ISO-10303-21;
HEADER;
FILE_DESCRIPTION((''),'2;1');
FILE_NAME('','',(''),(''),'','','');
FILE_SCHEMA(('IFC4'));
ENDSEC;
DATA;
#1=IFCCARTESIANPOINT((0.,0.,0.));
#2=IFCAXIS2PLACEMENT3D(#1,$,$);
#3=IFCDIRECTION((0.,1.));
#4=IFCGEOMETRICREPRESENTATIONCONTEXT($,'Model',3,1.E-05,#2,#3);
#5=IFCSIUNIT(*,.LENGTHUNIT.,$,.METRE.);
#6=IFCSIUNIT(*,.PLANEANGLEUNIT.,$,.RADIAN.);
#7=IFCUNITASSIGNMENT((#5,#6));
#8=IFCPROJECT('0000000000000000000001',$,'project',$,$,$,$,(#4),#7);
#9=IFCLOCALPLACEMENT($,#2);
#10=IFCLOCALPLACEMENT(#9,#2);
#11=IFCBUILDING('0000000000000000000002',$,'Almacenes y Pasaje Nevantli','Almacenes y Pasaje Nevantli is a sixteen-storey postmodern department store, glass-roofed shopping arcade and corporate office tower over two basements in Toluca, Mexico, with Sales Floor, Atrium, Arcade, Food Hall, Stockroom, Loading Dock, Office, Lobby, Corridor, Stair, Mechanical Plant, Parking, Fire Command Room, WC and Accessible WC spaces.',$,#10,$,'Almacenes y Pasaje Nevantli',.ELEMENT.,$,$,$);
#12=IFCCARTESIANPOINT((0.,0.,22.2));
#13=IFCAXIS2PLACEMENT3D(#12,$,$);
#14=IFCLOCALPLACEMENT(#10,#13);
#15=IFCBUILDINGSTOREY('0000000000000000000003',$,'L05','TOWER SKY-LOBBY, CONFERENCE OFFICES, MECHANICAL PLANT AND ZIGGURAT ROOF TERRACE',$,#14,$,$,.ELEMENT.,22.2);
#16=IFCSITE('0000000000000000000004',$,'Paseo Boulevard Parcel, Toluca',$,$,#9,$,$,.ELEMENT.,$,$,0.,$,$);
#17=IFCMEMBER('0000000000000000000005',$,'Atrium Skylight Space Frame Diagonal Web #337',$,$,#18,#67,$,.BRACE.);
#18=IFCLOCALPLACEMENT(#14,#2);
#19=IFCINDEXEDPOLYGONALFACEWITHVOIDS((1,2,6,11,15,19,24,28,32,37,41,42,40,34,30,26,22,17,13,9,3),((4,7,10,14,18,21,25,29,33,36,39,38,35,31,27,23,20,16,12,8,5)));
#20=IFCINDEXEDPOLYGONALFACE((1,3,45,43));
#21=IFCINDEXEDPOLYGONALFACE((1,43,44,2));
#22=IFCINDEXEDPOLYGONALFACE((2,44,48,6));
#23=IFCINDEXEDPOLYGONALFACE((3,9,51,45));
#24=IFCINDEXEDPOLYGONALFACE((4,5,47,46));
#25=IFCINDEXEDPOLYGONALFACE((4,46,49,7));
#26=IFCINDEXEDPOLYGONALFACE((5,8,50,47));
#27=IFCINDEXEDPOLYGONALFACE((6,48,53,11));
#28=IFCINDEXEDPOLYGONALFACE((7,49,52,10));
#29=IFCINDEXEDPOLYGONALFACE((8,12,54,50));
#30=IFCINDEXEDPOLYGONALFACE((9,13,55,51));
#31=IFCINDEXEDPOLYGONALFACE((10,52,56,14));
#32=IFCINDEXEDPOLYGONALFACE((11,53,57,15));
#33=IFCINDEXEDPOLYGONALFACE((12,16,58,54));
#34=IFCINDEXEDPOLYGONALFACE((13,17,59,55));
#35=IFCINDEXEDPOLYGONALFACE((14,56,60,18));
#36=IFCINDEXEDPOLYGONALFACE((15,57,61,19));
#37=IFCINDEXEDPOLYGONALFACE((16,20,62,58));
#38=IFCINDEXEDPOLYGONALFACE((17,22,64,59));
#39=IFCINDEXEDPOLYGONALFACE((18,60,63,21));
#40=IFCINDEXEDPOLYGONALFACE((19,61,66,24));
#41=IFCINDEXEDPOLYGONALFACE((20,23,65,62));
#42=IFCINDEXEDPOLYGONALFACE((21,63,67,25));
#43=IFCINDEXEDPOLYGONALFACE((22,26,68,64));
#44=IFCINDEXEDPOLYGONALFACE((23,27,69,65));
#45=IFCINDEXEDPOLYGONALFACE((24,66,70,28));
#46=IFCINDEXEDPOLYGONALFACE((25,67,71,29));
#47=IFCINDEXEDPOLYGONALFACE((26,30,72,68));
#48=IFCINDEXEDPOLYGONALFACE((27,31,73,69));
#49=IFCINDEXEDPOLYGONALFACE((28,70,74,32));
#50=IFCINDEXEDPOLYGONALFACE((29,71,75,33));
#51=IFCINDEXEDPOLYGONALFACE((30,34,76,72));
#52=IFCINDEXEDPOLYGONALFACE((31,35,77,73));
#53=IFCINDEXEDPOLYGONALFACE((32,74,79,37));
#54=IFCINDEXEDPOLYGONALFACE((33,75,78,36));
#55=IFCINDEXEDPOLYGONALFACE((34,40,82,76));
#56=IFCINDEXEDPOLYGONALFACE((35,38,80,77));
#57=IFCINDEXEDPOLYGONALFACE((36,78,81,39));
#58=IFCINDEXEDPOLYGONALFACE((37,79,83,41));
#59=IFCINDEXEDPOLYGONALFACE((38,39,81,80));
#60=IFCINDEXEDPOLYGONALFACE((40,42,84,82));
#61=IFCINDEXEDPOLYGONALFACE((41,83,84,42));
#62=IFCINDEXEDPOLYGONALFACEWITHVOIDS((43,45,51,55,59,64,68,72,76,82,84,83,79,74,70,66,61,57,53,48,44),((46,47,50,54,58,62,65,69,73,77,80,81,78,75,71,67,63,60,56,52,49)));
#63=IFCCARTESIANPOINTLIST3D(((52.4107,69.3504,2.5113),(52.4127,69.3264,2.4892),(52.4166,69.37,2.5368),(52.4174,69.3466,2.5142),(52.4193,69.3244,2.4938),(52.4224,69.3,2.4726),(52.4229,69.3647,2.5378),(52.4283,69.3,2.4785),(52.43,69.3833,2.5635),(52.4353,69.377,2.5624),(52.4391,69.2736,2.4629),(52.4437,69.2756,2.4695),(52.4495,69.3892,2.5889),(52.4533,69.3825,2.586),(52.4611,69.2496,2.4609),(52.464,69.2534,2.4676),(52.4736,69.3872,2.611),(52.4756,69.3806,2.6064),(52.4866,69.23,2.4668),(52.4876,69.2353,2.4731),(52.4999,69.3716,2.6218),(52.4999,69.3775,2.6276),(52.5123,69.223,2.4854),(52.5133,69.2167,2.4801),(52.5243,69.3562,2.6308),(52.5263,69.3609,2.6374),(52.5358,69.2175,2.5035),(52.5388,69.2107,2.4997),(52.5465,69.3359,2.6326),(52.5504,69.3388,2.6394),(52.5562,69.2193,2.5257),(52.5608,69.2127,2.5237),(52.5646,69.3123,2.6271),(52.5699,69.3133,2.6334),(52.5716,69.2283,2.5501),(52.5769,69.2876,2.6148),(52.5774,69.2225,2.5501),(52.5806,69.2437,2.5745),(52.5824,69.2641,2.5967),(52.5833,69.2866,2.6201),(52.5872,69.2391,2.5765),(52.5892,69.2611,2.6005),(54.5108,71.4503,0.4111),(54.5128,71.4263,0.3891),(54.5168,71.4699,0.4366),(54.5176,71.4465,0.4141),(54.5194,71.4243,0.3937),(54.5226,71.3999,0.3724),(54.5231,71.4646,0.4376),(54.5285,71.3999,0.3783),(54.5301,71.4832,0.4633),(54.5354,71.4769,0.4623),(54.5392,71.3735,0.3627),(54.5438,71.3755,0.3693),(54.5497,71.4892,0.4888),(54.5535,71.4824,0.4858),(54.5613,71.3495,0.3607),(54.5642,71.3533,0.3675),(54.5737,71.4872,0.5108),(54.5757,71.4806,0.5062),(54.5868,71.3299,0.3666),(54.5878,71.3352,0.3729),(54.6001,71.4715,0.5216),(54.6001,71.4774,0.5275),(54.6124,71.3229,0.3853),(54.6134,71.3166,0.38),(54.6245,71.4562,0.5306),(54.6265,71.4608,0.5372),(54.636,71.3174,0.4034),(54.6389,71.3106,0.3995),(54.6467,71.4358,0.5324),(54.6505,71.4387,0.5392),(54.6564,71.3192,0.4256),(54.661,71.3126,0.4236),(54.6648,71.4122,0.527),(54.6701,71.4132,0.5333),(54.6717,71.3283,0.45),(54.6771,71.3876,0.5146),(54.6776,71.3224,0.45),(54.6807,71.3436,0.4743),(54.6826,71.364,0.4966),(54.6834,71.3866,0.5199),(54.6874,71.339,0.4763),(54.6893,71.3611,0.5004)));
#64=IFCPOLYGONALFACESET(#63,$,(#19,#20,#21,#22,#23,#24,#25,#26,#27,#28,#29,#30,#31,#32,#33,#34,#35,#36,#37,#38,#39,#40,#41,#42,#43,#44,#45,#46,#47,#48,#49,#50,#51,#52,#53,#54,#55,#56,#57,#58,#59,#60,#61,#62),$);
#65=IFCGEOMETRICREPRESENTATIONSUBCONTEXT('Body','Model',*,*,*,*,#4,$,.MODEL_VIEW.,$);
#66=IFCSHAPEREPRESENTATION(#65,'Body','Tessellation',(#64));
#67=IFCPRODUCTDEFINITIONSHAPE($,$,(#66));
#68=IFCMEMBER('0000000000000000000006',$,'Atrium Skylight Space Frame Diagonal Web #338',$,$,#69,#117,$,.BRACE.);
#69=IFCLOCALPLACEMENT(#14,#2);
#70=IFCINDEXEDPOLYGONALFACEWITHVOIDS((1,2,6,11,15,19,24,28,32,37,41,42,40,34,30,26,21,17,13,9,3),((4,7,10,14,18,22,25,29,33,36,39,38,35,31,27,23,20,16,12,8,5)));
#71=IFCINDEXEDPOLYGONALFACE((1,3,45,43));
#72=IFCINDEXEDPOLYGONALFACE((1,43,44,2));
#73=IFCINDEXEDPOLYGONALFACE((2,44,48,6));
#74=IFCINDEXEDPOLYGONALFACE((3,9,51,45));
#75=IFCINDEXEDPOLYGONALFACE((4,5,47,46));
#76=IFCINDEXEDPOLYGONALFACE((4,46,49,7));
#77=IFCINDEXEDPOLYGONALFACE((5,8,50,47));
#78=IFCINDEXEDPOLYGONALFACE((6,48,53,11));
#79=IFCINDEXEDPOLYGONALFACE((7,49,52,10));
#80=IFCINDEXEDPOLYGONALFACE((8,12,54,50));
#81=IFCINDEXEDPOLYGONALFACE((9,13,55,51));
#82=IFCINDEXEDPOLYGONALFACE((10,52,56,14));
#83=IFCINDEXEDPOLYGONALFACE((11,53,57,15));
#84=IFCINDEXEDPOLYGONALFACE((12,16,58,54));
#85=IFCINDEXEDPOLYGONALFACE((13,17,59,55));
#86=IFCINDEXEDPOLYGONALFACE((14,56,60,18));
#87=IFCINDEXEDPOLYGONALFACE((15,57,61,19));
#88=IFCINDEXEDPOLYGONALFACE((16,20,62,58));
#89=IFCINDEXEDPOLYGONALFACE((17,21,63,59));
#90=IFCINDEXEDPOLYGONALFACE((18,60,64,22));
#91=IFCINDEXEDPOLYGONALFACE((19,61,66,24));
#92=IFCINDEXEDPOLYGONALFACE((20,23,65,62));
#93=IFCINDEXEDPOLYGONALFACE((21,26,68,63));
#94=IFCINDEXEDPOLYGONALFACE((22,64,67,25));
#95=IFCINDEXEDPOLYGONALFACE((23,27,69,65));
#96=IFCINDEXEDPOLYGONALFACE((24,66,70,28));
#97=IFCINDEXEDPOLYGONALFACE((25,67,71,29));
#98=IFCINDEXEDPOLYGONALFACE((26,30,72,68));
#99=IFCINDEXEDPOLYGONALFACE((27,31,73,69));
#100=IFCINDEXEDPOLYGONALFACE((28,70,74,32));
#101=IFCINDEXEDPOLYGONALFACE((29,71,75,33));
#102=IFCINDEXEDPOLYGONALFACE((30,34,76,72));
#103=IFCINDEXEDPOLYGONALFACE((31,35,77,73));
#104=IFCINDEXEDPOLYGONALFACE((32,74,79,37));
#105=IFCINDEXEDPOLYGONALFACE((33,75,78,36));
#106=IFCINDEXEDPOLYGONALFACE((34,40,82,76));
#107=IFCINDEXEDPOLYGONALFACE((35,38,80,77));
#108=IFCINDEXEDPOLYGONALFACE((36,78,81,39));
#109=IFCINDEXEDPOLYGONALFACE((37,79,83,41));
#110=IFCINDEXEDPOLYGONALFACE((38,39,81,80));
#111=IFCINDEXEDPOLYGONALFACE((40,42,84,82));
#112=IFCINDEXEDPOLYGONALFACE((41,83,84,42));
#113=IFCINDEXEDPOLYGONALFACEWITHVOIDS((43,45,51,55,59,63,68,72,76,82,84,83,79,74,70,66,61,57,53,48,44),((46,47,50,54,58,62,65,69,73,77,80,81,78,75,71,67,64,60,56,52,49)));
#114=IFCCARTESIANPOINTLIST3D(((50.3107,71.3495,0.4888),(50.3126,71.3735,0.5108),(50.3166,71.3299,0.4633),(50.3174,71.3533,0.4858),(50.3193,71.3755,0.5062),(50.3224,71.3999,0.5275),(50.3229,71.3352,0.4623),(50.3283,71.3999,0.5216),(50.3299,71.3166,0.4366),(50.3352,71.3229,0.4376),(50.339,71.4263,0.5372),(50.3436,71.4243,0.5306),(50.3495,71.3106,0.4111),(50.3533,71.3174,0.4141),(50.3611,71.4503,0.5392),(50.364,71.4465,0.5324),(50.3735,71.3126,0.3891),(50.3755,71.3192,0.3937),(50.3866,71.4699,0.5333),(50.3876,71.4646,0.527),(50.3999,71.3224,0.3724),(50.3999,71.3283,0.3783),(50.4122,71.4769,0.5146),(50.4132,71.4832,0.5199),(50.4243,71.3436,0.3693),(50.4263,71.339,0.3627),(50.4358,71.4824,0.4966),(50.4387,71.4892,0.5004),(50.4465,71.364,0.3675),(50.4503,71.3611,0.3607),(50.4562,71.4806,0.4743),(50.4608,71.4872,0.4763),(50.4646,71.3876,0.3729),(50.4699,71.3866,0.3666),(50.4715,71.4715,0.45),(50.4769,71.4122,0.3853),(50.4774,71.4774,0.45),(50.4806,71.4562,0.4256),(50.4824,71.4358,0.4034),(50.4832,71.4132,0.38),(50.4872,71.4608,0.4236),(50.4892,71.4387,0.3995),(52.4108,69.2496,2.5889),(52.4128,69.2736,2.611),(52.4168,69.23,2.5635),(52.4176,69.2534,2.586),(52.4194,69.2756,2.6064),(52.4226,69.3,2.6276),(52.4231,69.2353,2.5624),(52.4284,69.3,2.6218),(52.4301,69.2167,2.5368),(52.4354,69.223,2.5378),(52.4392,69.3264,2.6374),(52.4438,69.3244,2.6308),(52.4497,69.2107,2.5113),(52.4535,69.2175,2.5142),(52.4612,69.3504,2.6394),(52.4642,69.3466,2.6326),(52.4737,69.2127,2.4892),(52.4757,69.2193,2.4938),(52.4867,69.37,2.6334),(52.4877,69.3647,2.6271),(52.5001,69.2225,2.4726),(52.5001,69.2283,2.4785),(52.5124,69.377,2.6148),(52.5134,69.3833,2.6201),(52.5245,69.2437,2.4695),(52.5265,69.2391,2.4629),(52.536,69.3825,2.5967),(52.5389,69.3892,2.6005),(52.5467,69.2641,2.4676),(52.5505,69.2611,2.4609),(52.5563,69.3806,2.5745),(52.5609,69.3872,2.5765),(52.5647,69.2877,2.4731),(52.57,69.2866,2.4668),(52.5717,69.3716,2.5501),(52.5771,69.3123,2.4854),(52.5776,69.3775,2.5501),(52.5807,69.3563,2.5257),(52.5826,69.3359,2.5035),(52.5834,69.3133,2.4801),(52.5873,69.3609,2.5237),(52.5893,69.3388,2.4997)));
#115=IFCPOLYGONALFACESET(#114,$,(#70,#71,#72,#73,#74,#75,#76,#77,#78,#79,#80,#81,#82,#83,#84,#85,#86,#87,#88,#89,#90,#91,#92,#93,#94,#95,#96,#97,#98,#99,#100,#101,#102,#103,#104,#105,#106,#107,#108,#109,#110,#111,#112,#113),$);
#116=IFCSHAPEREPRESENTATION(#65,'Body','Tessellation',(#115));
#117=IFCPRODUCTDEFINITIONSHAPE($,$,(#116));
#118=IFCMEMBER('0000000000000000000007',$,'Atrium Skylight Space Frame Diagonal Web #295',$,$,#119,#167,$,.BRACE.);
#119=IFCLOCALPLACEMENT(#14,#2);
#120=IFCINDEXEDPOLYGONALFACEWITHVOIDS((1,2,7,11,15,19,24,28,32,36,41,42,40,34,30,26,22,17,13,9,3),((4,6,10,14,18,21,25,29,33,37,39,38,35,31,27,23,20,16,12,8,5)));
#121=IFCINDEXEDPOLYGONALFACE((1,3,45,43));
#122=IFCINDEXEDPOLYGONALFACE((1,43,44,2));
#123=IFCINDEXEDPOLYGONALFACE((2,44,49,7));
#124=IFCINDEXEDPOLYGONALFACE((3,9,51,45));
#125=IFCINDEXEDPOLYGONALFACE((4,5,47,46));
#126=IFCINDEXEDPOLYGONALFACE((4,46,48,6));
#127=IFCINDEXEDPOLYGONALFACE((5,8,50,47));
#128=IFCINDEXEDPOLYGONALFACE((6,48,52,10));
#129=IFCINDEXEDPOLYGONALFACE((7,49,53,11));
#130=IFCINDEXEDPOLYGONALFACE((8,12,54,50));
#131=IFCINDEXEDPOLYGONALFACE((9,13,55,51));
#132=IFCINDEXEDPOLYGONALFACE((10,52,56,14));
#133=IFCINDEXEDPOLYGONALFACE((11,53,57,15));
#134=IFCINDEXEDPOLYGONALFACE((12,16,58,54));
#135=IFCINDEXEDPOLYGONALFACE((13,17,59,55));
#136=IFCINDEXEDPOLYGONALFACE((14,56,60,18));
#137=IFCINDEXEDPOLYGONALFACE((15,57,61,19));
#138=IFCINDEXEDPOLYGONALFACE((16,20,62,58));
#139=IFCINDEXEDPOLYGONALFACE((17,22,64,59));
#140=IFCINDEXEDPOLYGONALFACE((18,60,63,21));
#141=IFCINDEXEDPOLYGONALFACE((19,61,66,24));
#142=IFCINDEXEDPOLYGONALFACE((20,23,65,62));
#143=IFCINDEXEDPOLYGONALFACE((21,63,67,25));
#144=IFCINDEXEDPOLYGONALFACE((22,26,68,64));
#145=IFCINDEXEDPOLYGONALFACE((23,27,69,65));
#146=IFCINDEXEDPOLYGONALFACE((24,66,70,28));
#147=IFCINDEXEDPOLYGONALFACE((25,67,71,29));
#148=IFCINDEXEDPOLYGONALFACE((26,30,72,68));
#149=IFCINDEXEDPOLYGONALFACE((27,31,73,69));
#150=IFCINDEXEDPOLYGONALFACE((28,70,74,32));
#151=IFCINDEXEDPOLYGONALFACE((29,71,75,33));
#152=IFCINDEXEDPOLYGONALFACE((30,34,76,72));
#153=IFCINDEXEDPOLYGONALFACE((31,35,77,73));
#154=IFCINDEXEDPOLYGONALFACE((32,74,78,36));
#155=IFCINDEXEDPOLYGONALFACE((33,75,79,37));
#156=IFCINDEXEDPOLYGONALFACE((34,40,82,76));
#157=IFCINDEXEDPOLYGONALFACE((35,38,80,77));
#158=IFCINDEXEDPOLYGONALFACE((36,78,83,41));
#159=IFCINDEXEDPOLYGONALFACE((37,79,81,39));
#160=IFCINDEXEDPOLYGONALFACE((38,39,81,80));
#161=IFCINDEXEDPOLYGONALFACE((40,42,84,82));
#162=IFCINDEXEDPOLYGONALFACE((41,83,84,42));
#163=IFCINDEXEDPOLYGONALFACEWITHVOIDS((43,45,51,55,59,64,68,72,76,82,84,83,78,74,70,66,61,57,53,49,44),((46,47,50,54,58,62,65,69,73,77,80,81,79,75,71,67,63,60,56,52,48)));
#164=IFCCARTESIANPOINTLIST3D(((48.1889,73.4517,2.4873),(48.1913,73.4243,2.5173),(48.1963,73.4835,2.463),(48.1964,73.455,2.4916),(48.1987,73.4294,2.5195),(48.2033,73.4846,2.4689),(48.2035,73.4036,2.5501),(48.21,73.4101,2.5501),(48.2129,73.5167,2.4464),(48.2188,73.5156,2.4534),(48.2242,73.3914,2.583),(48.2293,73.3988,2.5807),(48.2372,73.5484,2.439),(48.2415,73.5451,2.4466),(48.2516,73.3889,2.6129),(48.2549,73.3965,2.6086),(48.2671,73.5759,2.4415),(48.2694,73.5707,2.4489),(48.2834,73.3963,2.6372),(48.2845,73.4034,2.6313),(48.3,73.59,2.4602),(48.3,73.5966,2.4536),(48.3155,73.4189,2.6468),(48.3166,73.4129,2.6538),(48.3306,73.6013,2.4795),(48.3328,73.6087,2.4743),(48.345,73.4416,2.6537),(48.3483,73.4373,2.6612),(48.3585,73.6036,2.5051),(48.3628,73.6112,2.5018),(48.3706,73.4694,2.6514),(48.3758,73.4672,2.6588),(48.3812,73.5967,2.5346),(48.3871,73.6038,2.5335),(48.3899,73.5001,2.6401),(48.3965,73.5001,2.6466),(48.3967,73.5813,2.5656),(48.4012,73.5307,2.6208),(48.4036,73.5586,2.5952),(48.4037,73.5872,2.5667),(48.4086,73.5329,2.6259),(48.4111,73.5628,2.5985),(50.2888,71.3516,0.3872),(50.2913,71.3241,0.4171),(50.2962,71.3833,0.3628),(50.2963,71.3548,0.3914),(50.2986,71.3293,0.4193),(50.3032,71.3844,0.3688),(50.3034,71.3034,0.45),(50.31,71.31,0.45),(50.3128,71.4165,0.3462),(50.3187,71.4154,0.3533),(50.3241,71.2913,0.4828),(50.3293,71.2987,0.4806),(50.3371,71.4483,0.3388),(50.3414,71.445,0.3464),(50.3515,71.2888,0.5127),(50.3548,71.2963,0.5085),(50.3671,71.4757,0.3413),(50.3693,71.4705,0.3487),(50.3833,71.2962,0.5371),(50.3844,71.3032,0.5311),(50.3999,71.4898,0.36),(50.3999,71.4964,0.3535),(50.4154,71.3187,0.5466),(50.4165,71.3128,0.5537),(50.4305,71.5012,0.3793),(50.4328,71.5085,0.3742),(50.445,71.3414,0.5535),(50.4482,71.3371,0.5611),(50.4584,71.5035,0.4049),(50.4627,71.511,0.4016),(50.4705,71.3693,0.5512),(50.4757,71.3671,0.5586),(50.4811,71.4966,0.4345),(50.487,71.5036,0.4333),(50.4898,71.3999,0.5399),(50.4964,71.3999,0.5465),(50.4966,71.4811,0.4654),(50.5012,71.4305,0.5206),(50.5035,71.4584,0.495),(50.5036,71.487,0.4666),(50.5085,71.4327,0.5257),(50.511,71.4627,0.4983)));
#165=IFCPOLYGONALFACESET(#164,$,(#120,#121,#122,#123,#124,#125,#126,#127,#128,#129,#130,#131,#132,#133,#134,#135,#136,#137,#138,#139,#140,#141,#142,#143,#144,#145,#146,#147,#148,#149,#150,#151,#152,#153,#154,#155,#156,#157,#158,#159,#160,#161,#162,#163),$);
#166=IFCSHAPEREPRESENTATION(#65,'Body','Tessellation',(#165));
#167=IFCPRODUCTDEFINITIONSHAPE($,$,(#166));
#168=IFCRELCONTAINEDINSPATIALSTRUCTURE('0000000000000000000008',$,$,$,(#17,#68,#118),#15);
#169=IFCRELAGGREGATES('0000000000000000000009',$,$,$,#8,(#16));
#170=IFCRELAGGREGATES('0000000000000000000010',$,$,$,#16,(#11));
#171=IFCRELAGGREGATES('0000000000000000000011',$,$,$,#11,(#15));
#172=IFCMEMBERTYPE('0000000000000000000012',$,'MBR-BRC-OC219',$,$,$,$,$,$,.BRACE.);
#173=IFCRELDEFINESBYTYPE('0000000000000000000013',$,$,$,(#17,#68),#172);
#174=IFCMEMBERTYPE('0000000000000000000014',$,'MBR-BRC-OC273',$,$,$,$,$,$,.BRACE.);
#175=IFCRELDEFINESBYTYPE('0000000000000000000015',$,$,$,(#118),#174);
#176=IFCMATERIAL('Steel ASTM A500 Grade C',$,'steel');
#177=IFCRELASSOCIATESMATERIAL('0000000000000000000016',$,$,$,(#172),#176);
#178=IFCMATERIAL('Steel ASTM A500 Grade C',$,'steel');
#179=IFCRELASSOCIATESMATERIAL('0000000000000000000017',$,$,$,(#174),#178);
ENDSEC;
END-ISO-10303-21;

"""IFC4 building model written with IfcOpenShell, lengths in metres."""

from ifc_helpers import new_model, si_unit, direction, frame, origin, origin_2d, place, context, subcontext, project, spatial, hollow_circle, extrude, material, material_profile, profile_set, type_object, element, save


model = new_model("IFC4")

# Units and contexts
model_context = context("Model", 3, precision=1e-05, world=origin(), true_north=direction((0.0, 1.0)))
body_context = subcontext(model_context, "Body", "Model", "MODEL_VIEW")
ifc_project = project(units=[si_unit("LENGTHUNIT", "METRE"), si_unit("PLANEANGLEUNIT", "RADIAN")], contexts=[model_context])

# Site, building, storey
site_placement = place(None, origin())
site = spatial("IfcSite", under=ifc_project, at=site_placement, Name="Paseo Boulevard Parcel, Toluca", CompositionType="ELEMENT", RefElevation=0.0)
building_placement = place(site_placement, origin())
building = spatial("IfcBuilding", under=site, at=building_placement, Name="Almacenes y Pasaje Nevantli", Description="Almacenes y Pasaje Nevantli is a sixteen-storey postmodern department store, glass-roofed shopping arcade and corporate office tower over two basements in Toluca, Mexico, with Sales Floor, Atrium, Arcade, Food Hall, Stockroom, Loading Dock, Office, Lobby, Corridor, Stair, Mechanical Plant, Parking, Fire Command Room, WC and Accessible WC spaces.", LongName="Almacenes y Pasaje Nevantli", CompositionType="ELEMENT")
storey_placement = place(building_placement, frame((0.0, 0.0, 22.2)))
storey = spatial("IfcBuildingStorey", under=building, at=storey_placement, Name="L05", Description="TOWER SKY-LOBBY, CONFERENCE OFFICES, MECHANICAL PLANT AND ZIGGURAT ROOF TERRACE", CompositionType="ELEMENT", Elevation=22.2)

# Members
ifc_material_1 = material(Name="Steel ASTM A500 Grade C", Category="steel")
ifc_material_profile_1 = material_profile(ifc_material_1, hollow_circle(Radius=0.1096, WallThickness=0.0083, at=origin_2d()), Name="OC 219x8.2")
ifc_profile_set_1 = profile_set([ifc_material_profile_1], Name="Steel ASTM A500 Grade C")
member_type_1 = type_object("IfcMemberType", Name="MBR-BRC-OC219", PredefinedType="BRACE", material=ifc_profile_set_1)
for number, where, z_axis, x_axis, name in (
    (1, (54.6001, 71.3999, 0.45), (-0.577373, -0.577306, 0.577373), (0.707066, -0.707148, 0.0), "Atrium Skylight Space Frame Diagonal Web #337"),
    (2, (50.3999, 71.3999, 0.45), (0.577373, -0.577306, 0.577373), (0.707066, 0.707148, 0.0), "Atrium Skylight Space Frame Diagonal Web #338"),
):
    element("IfcMember", number, at=place(storey_placement, frame(where, z_axis=z_axis, x_axis=x_axis)), inside=storey, type_object=member_type_1, Name=name, PredefinedType="BRACE", context=body_context, shape_type="SweptSolid", body=[
        extrude(hollow_circle(Radius=0.1096, WallThickness=0.0083, at=origin_2d()), origin(), (0.0, 0.0, 1.0), 3.6375),
    ])
ifc_material_2 = material(Name="Steel ASTM A500 Grade C", Category="steel")
ifc_material_profile_2 = material_profile(ifc_material_2, hollow_circle(Radius=0.1365, WallThickness=0.0093, at=origin_2d()), Name="OC 273x9.3")
ifc_profile_set_2 = profile_set([ifc_material_profile_2], Name="Steel ASTM A500 Grade C")
member_type_2 = type_object("IfcMemberType", Name="MBR-BRC-OC273", PredefinedType="BRACE", material=ifc_profile_set_2)
for number, where, z_axis, x_axis, name in (
    (3, (50.3999, 71.3999, 0.45), (-0.577306, 0.577373, 0.577373), (-0.707148, -0.707066, 0.0), "Atrium Skylight Space Frame Diagonal Web #295"),
):
    element("IfcMember", number, at=place(storey_placement, frame(where, z_axis=z_axis, x_axis=x_axis)), inside=storey, type_object=member_type_2, Name=name, PredefinedType="BRACE", context=body_context, shape_type="SweptSolid", body=[
        extrude(hollow_circle(Radius=0.1365, WallThickness=0.0093, at=origin_2d()), origin(), (0.0, 0.0, 1.0), 3.6375),
    ])

save(model, "model.ifc")
